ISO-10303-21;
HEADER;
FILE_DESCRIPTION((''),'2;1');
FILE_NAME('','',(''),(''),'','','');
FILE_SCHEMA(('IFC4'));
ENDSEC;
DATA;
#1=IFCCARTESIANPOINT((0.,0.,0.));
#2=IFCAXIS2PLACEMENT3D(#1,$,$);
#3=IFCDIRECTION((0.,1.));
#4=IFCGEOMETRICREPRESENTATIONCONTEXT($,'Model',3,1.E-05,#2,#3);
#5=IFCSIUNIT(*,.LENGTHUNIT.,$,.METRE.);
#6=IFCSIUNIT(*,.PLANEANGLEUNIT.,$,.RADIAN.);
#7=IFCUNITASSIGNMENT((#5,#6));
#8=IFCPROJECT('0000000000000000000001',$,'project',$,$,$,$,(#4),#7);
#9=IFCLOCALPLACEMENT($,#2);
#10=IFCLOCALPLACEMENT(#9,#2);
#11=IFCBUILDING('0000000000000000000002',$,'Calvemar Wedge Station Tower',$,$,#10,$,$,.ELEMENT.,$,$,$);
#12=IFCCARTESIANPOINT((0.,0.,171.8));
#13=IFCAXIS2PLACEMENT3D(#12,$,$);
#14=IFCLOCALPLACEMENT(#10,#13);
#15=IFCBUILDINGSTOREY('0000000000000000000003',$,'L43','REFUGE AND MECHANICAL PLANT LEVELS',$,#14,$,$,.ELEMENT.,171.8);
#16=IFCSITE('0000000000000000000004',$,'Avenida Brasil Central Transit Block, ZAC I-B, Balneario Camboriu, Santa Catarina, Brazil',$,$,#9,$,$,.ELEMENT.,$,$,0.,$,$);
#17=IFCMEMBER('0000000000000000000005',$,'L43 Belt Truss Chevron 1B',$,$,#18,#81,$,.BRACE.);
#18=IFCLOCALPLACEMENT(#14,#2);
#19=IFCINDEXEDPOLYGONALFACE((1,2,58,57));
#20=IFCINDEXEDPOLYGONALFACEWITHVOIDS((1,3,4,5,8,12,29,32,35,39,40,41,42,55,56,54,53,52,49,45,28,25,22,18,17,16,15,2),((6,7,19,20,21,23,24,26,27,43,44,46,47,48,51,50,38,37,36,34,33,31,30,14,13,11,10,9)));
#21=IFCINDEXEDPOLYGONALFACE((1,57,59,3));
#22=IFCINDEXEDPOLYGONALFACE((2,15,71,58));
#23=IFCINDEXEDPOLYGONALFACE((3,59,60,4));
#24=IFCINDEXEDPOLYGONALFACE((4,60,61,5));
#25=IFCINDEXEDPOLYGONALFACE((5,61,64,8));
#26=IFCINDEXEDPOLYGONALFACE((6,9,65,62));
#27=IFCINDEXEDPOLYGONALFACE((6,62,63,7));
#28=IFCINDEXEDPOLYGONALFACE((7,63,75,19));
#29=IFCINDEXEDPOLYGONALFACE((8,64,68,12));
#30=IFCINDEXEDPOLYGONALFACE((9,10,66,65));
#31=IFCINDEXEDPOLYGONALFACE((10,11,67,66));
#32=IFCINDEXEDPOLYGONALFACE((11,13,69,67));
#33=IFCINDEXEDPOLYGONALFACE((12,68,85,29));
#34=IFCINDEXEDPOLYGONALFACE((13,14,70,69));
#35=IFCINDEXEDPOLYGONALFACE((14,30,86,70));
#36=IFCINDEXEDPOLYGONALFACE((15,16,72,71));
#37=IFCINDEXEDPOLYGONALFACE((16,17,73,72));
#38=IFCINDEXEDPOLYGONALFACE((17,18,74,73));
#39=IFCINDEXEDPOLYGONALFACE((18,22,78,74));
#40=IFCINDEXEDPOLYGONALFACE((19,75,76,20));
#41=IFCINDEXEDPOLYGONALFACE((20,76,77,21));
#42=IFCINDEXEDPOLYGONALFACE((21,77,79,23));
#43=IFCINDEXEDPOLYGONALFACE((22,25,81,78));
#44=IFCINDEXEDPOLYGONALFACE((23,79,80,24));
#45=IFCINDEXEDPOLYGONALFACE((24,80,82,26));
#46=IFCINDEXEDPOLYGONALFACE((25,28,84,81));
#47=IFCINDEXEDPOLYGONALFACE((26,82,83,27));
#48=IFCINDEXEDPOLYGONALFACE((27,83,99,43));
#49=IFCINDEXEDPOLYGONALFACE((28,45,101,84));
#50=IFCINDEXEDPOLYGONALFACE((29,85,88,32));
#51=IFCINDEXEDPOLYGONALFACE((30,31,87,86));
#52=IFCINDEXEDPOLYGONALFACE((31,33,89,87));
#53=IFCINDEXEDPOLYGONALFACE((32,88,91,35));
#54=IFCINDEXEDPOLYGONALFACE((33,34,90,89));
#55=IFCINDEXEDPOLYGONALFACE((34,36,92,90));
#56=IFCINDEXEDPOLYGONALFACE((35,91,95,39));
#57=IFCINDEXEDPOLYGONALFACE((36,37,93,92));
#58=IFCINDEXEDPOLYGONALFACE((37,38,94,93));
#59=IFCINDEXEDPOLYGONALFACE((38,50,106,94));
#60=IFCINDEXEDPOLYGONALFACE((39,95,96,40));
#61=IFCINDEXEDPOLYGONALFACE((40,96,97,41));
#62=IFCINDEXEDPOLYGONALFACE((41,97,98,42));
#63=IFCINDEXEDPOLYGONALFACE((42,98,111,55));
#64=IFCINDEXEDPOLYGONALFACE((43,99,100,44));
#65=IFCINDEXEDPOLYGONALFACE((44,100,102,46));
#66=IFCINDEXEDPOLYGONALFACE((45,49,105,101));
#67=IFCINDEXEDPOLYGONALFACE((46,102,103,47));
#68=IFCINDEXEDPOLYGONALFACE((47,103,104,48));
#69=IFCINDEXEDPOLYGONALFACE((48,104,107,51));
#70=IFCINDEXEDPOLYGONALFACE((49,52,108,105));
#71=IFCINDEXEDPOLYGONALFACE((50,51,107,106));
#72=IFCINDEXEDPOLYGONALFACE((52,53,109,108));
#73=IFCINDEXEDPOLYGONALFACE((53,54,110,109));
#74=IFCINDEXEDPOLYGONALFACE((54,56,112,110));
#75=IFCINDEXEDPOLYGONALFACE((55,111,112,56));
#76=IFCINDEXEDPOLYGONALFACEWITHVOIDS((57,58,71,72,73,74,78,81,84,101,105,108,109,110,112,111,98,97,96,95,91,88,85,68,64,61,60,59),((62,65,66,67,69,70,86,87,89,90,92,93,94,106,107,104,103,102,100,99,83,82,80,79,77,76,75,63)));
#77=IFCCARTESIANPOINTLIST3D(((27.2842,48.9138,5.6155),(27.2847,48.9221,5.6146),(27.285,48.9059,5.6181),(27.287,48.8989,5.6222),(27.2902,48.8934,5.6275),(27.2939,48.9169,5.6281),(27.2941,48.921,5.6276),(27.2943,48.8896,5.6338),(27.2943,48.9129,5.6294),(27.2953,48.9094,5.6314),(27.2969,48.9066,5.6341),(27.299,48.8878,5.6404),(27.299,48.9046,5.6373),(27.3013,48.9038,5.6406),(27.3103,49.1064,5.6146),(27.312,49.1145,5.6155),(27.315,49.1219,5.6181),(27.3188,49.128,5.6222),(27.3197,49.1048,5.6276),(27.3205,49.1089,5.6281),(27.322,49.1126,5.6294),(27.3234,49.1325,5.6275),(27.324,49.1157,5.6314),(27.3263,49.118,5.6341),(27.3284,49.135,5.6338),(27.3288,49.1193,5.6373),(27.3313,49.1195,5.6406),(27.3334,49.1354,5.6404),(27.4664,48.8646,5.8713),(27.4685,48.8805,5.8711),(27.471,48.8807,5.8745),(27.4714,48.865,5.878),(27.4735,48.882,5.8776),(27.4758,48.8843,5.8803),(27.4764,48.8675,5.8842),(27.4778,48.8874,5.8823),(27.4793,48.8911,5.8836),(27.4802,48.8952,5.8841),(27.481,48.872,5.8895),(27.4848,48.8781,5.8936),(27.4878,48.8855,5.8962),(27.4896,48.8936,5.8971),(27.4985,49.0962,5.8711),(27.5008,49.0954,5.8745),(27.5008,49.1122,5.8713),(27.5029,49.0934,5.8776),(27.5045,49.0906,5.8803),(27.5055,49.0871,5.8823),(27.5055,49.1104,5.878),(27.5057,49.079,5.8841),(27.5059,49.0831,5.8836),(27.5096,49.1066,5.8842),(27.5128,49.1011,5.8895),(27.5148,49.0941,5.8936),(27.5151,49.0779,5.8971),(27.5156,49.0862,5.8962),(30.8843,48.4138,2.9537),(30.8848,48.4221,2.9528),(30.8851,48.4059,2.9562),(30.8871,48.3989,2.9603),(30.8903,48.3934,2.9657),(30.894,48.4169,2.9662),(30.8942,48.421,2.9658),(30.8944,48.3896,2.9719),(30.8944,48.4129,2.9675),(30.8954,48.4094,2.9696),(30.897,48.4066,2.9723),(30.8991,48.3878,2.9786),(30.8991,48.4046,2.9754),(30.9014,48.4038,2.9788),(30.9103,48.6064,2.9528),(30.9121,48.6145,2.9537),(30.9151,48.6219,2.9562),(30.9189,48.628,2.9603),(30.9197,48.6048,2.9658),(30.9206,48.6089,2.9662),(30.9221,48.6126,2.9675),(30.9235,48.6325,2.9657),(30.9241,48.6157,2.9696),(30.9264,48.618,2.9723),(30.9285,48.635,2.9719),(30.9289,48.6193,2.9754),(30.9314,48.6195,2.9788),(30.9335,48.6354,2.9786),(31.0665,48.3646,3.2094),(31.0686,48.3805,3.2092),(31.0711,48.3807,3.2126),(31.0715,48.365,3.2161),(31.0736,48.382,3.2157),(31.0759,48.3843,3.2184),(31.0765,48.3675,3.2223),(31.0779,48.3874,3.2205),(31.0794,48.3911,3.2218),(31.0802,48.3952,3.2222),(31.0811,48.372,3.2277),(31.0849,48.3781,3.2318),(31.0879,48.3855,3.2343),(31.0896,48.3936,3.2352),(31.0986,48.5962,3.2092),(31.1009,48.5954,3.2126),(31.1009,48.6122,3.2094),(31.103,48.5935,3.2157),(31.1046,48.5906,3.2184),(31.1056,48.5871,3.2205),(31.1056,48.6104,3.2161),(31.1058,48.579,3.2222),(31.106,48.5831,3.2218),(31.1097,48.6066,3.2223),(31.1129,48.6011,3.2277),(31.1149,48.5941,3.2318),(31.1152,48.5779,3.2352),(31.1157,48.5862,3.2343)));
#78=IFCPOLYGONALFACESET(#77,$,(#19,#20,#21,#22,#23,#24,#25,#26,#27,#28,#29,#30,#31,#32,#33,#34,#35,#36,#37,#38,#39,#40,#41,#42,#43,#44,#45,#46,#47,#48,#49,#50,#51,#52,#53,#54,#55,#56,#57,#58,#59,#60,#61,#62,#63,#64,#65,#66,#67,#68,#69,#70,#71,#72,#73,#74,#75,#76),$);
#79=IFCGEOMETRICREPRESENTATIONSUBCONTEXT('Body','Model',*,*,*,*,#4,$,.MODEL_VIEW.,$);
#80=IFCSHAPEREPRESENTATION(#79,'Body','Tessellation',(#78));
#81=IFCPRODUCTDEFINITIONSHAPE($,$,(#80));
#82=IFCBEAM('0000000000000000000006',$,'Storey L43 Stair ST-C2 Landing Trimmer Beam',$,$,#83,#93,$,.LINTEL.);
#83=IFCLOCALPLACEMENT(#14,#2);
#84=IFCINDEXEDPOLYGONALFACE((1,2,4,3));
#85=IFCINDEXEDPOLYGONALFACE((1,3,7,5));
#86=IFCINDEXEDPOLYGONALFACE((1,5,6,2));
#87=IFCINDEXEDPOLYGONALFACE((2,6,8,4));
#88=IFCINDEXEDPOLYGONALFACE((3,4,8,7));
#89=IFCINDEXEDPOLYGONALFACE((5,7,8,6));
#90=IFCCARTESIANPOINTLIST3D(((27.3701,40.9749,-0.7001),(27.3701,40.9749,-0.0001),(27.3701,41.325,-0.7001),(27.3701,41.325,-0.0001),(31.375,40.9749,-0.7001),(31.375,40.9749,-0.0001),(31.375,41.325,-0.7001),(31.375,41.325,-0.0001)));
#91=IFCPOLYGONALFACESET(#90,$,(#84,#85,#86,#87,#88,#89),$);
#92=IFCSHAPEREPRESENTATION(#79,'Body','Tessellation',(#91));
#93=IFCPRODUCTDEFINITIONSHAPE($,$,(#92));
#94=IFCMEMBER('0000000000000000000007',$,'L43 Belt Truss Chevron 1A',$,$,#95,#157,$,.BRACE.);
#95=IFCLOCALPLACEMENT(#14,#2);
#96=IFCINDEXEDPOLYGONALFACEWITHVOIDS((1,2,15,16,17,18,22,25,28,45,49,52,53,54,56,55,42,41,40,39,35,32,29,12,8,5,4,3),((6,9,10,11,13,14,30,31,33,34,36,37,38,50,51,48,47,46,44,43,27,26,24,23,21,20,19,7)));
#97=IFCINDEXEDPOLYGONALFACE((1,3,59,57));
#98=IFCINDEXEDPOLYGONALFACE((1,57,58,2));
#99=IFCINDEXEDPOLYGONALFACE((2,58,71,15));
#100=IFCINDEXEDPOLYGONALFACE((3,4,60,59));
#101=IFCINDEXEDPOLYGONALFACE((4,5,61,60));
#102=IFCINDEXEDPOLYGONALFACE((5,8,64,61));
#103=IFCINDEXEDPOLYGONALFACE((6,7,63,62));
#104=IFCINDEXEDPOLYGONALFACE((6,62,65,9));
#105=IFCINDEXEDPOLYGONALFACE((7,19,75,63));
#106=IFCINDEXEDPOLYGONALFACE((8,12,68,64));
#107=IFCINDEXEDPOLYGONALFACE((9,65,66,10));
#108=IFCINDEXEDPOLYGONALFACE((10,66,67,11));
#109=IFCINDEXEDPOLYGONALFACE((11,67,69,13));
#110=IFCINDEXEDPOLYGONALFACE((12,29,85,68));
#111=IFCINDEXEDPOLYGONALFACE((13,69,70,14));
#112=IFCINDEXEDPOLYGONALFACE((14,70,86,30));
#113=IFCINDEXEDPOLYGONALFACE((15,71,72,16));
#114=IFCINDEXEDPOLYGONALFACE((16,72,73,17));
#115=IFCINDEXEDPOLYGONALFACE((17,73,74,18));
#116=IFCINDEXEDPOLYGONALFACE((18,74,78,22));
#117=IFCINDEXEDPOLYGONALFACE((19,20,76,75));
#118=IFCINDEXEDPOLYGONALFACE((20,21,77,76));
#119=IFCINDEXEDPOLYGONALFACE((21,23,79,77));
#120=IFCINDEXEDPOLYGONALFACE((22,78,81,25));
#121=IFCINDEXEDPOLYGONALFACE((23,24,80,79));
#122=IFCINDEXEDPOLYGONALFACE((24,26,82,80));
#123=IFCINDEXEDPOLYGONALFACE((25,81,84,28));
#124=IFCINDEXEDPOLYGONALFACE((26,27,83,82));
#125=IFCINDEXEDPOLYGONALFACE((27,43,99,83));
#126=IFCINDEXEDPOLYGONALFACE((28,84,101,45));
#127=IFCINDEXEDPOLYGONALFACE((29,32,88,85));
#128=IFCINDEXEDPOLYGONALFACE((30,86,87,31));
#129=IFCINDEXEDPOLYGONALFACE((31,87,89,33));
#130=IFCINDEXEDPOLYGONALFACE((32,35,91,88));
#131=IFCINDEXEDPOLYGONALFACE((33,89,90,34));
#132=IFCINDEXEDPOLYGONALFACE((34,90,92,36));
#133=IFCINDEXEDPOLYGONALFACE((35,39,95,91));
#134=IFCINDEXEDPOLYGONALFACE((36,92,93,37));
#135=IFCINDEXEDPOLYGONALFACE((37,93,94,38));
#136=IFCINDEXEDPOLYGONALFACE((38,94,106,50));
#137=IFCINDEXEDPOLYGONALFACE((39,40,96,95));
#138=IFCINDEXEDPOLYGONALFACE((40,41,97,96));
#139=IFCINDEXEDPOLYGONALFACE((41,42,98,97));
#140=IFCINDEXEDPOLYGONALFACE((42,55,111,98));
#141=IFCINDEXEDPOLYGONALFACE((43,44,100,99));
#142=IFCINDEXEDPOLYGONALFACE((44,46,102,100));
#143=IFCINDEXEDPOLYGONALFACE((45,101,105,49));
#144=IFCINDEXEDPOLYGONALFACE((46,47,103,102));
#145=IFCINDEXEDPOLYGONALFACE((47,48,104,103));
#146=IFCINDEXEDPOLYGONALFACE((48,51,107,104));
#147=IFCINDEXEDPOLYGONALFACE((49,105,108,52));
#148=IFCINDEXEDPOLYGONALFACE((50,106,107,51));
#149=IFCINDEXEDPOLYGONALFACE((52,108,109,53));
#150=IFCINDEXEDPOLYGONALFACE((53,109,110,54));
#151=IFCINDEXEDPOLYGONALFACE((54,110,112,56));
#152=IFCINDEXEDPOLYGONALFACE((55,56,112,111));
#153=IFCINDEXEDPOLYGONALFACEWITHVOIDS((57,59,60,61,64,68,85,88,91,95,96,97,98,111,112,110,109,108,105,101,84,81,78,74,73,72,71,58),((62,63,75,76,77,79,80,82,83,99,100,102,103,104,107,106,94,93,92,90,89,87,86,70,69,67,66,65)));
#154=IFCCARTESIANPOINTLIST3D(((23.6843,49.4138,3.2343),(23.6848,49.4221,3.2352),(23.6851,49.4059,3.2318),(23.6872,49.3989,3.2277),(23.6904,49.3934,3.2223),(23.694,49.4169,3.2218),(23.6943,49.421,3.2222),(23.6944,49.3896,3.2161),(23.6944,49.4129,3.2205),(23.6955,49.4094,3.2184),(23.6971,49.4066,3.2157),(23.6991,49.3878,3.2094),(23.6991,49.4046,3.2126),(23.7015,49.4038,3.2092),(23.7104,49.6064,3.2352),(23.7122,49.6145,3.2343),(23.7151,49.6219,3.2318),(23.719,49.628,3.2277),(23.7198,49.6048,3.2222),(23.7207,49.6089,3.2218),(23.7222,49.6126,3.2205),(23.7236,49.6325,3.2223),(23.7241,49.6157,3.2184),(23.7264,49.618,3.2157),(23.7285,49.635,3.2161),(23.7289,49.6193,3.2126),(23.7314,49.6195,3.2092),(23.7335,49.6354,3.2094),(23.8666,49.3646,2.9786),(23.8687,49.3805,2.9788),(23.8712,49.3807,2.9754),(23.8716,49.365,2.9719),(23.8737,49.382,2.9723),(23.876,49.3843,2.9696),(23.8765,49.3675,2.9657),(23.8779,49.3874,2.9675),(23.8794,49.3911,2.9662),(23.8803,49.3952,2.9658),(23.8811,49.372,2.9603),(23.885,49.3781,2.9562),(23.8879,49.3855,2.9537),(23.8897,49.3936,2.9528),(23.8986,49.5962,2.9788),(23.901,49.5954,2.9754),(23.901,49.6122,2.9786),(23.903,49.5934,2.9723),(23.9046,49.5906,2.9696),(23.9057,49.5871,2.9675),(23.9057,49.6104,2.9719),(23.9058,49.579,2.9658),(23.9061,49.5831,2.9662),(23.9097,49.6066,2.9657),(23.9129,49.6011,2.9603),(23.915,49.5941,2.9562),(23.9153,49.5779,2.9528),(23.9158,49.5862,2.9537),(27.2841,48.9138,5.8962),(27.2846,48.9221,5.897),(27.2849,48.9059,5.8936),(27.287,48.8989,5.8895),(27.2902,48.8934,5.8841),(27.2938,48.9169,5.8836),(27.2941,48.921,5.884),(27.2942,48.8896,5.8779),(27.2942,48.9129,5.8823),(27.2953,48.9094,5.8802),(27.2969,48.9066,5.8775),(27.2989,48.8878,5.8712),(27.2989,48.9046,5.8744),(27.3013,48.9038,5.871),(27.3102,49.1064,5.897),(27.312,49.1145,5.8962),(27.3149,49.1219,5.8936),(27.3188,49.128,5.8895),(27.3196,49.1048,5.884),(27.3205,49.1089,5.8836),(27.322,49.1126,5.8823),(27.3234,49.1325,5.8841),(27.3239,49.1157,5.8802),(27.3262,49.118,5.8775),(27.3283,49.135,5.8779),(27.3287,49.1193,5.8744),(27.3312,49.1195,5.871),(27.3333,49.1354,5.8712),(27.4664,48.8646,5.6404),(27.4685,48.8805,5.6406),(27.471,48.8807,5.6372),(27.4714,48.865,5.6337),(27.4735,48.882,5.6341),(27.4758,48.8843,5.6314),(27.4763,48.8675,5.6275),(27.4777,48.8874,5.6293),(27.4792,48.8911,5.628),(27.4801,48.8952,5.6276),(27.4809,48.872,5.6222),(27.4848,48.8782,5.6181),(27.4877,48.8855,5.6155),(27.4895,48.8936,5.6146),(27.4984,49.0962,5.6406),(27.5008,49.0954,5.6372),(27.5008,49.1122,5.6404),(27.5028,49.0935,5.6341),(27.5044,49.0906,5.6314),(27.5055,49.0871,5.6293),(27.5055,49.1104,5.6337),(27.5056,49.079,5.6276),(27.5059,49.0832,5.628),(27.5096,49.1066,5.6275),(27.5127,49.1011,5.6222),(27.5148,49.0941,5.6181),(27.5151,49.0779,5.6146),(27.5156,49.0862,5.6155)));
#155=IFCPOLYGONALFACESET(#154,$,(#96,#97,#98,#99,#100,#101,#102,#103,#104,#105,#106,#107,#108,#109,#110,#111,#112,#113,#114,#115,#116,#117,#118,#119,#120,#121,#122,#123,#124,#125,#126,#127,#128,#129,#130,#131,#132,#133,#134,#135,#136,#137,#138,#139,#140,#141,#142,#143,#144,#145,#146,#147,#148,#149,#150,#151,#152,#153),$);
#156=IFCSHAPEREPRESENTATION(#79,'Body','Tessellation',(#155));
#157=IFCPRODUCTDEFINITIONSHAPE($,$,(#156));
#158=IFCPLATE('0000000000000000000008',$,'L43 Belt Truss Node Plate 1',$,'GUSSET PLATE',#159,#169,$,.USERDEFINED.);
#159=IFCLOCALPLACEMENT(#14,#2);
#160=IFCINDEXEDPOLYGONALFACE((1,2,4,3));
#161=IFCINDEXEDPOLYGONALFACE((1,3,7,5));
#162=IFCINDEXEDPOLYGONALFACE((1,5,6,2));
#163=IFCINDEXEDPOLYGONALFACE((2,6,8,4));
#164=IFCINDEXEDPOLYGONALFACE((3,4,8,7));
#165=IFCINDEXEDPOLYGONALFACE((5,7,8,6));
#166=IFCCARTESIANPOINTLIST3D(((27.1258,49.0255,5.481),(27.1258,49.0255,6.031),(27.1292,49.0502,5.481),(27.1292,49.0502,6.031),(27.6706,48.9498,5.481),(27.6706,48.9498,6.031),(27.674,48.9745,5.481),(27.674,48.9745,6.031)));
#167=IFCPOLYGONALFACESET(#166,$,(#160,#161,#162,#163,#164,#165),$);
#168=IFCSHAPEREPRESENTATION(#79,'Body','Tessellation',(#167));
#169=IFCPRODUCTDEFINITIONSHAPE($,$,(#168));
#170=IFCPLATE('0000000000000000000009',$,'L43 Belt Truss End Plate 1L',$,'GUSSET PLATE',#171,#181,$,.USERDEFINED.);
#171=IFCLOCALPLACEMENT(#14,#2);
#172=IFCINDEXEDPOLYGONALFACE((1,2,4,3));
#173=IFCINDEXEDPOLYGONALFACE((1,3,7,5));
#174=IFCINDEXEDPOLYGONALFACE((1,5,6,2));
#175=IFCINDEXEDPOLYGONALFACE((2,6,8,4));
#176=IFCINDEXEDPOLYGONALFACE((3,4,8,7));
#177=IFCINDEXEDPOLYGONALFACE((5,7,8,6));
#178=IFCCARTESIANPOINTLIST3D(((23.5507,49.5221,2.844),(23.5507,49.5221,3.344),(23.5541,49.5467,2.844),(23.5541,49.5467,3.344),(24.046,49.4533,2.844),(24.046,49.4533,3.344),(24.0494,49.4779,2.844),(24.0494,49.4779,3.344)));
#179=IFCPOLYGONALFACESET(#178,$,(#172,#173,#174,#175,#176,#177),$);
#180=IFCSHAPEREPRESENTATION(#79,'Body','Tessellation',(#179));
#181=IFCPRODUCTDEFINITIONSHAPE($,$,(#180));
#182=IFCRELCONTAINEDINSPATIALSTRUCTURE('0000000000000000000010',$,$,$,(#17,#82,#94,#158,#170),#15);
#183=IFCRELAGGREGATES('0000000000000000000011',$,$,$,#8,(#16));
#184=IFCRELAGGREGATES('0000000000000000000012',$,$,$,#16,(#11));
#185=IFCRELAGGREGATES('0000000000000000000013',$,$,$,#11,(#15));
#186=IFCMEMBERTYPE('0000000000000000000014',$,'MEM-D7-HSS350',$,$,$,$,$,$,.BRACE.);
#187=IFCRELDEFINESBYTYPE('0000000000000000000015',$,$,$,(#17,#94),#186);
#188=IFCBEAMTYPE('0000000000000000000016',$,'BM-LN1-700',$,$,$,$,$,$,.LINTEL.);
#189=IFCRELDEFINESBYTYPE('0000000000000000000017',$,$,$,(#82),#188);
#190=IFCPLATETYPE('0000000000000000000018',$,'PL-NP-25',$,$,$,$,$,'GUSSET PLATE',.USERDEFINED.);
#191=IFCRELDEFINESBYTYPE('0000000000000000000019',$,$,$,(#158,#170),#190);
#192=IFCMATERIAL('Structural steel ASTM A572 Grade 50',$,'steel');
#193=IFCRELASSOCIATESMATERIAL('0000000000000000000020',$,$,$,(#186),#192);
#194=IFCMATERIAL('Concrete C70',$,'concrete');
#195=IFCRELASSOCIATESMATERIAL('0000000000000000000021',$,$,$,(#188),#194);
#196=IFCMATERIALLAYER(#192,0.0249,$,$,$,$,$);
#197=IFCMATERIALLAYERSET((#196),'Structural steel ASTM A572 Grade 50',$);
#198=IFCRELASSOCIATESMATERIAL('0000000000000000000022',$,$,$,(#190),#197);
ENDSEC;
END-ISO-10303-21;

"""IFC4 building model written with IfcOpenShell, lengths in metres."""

from ifc_helpers import new_model, si_unit, direction, frame, origin, origin_2d, place, context, subcontext, project, spatial, rectangle, hollow_rectangle, extrude, source, transform, mapped, material, layer, layer_set, material_profile, profile_set, type_object, element, save


model = new_model("IFC4")

# Units and contexts
model_context = context("Model", 3, precision=1e-05, world=origin(), true_north=direction((0.0, 1.0)))
body_context = subcontext(model_context, "Body", "Model", "MODEL_VIEW")
ifc_project = project(units=[si_unit("LENGTHUNIT", "METRE"), si_unit("PLANEANGLEUNIT", "RADIAN")], contexts=[model_context])

# Site, building, storey
site_placement = place(None, origin())
site = spatial("IfcSite", under=ifc_project, at=site_placement, Name="Avenida Brasil Central Transit Block, ZAC I-B, Balneario Camboriu, Santa Catarina, Brazil", CompositionType="ELEMENT", RefElevation=0.0)
building_placement = place(site_placement, origin())
building = spatial("IfcBuilding", under=site, at=building_placement, Name="Calvemar Wedge Station Tower", CompositionType="ELEMENT")
storey_placement = place(building_placement, frame((0.0, 0.0, 171.8)))
storey = spatial("IfcBuildingStorey", under=building, at=storey_placement, Name="L43", Description="REFUGE AND MECHANICAL PLANT LEVELS", CompositionType="ELEMENT", Elevation=171.8)

# Shared definitions
ifc_material_1 = material(Name="Structural steel ASTM A572 Grade 50", Category="steel")

# Member
ifc_material_profile_1 = material_profile(ifc_material_1, hollow_rectangle(XDim=0.25, YDim=0.3501, WallThickness=0.0161, InnerFilletRadius=0.0161, OuterFilletRadius=0.032, at=origin_2d()), Name="HSS350x250x16")
ifc_profile_set_1 = profile_set([ifc_material_profile_1], Name="Structural steel ASTM A572 Grade 50")
member_type = type_object("IfcMemberType", Name="MEM-D7-HSS350", PredefinedType="BRACE", material=ifc_profile_set_1)
shared_shape_1 = source(origin(), body_context, "Body", "SweptSolid", [
    extrude(hollow_rectangle(XDim=0.25, YDim=0.3501, WallThickness=0.0161, InnerFilletRadius=0.0161, OuterFilletRadius=0.032, at=origin_2d()), origin(), (0.0, 0.0, 1.0), 4.5051),
])
member_1_placement = place(storey_placement, frame((27.3999, 49.0, 5.7559), z_axis=(0.79911, -0.110984, -0.590852), x_axis=(0.137565, 0.990493, 0.0)))
element("IfcMember", 1, at=member_1_placement, inside=storey, type_object=member_type, Name="L43 Belt Truss Chevron 1B", PredefinedType="BRACE", context=body_context, shape_type="MappedRepresentation", body=[
    mapped(shared_shape_1, transform((0.0, 0.0, 0.0), scale=1.0)),
])

# Beam
ifc_material_2 = material(Name="Concrete C70", Category="concrete")
ifc_material_profile_2 = material_profile(ifc_material_2, rectangle(XDim=0.3501, YDim=0.7, at=origin_2d()), Name="RC350x700")
ifc_profile_set_2 = profile_set([ifc_material_profile_2], Name="Concrete C70")
beam_type_1 = type_object("IfcBeamType", Name="BM-LN1-700", PredefinedType="LINTEL", material=ifc_profile_set_2)
shared_shape_2 = source(origin(), body_context, "Body", "SweptSolid", [
    extrude(rectangle(XDim=0.3501, YDim=0.7, at=origin_2d()), origin(), (0.0, 0.0, 1.0), 4.0049),
])
beam_1_placement = place(storey_placement, frame((27.3701, 41.1499, -0.3501), z_axis=(1.0, 0.0, 0.0), x_axis=(0.0, 1.0, 0.0)))
element("IfcBeam", 2, at=beam_1_placement, inside=storey, type_object=beam_type_1, Name="Storey L43 Stair ST-C2 Landing Trimmer Beam", PredefinedType="LINTEL", context=body_context, shape_type="MappedRepresentation", body=[
    mapped(shared_shape_2, transform((0.0, 0.0, 0.0), scale=1.0)),
])

# Member
shared_shape_3 = source(origin(), body_context, "Body", "SweptSolid", [
    extrude(hollow_rectangle(XDim=0.25, YDim=0.3501, WallThickness=0.0161, InnerFilletRadius=0.0161, OuterFilletRadius=0.032, at=origin_2d()), origin(), (0.0, 0.0, 1.0), 4.5049),
])
member_2_placement = place(storey_placement, frame((23.8, 49.5, 3.094), z_axis=(0.79909, -0.110989, 0.590877), x_axis=(0.137574, 0.990492, 0.0)))
element("IfcMember", 3, at=member_2_placement, inside=storey, type_object=member_type, Name="L43 Belt Truss Chevron 1A", PredefinedType="BRACE", context=body_context, shape_type="MappedRepresentation", body=[
    mapped(shared_shape_3, transform((0.0, 0.0, 0.0), scale=1.0)),
])

# Plates
ifc_layer_1 = layer(ifc_material_1, 0.0249)
ifc_layer_set_1 = layer_set([ifc_layer_1], Name="Structural steel ASTM A572 Grade 50")
plate_type = type_object("IfcPlateType", Name="PL-NP-25", ElementType="GUSSET PLATE", PredefinedType="USERDEFINED", material=ifc_layer_set_1)
shared_shape_4 = source(origin(), body_context, "Body", "SweptSolid", [
    extrude(rectangle(XDim=0.55, YDim=0.0249, at=origin_2d()), origin(), (0.0, 0.0, 1.0), 0.55),
])
plate_1_placement = place(storey_placement, frame((27.3999, 49.0, 5.481), z_axis=(0.0, 0.0, 1.0), x_axis=(0.990485, -0.137617, 0.0)))
element("IfcPlate", 4, at=plate_1_placement, inside=storey, type_object=plate_type, Name="L43 Belt Truss Node Plate 1", ObjectType="GUSSET PLATE", PredefinedType="USERDEFINED", context=body_context, shape_type="MappedRepresentation", body=[
    mapped(shared_shape_4, transform((0.0, 0.0, 0.0), scale=1.0)),
])
shared_shape_5 = source(origin(), body_context, "Body", "SweptSolid", [
    extrude(rectangle(XDim=0.5, YDim=0.0249, at=origin_2d()), origin(), (0.0, 0.0, 1.0), 0.5),
])
plate_2_placement = place(storey_placement, frame((23.8, 49.5, 2.844), z_axis=(0.0, 0.0, 1.0), x_axis=(0.990485, -0.137617, 0.0)))
element("IfcPlate", 5, at=plate_2_placement, inside=storey, type_object=plate_type, Name="L43 Belt Truss End Plate 1L", ObjectType="GUSSET PLATE", PredefinedType="USERDEFINED", context=body_context, shape_type="MappedRepresentation", body=[
    mapped(shared_shape_5, transform((0.0, 0.0, 0.0), scale=1.0)),
])

save(model, "model.ifc")
